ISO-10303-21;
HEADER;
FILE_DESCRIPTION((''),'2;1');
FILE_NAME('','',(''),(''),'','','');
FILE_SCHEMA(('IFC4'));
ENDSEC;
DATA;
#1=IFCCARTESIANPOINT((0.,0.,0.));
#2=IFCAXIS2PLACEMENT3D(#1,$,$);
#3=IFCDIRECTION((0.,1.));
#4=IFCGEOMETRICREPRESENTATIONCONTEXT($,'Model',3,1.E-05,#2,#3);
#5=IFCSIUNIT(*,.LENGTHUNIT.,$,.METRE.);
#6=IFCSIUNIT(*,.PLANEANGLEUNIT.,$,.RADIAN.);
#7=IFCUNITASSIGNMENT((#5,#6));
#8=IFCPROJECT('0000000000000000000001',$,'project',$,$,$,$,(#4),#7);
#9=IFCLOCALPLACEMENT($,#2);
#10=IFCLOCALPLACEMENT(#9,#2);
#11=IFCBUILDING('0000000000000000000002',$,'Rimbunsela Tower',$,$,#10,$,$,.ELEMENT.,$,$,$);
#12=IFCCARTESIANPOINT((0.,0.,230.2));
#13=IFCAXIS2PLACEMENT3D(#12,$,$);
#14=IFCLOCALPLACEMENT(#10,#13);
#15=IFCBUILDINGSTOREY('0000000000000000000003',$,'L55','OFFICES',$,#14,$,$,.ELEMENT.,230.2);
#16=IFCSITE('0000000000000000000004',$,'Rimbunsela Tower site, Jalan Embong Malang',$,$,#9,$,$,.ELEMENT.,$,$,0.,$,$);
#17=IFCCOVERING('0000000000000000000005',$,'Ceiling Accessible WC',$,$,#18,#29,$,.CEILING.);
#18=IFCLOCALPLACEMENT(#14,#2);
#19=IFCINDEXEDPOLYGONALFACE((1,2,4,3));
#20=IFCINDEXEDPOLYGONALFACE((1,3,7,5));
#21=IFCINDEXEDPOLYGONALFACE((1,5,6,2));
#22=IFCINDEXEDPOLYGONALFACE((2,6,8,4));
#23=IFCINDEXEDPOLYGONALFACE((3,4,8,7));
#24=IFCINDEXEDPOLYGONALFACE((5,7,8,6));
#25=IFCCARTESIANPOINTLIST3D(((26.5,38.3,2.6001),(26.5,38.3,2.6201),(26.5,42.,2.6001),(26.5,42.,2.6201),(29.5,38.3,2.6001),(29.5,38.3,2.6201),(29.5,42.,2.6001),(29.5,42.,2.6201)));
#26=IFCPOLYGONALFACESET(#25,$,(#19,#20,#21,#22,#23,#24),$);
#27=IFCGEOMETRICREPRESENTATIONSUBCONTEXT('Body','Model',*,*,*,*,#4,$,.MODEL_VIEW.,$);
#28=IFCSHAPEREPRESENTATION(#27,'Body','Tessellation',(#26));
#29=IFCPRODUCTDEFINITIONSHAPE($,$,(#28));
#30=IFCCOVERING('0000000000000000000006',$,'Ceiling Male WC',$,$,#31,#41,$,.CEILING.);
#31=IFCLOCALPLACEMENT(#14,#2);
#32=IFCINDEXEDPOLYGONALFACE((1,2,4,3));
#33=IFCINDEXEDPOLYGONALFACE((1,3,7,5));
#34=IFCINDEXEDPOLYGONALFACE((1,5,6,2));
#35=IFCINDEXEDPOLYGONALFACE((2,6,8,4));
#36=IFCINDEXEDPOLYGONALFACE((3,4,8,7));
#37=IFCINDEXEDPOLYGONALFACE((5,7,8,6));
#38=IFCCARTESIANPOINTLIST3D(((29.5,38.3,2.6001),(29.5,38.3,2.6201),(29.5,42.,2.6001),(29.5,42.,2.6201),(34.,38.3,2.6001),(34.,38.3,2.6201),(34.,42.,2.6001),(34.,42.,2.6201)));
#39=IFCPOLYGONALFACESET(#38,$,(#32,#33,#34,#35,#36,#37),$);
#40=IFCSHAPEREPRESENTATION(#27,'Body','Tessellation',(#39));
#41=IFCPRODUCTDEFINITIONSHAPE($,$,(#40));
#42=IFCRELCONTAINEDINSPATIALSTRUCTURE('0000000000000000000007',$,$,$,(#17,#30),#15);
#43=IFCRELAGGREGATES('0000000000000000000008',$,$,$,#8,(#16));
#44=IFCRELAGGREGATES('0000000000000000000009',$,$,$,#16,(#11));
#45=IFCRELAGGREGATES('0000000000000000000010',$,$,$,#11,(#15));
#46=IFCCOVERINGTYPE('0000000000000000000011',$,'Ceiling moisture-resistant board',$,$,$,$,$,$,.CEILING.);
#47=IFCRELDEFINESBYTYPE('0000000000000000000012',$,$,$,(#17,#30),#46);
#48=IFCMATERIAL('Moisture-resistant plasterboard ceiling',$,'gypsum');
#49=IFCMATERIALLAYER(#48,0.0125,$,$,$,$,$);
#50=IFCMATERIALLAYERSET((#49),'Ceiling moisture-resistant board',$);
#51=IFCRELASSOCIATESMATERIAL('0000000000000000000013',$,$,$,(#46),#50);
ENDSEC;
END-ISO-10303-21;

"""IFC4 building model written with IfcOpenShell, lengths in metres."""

from ifc_helpers import new_model, si_unit, direction, frame, origin, place, context, subcontext, project, spatial, polyline, outline, extrude, material, layer, layer_set, type_object, element, save


model = new_model("IFC4")

# Units and contexts
model_context = context("Model", 3, precision=1e-05, world=origin(), true_north=direction((0.0, 1.0)))
body_context = subcontext(model_context, "Body", "Model", "MODEL_VIEW")
ifc_project = project(units=[si_unit("LENGTHUNIT", "METRE"), si_unit("PLANEANGLEUNIT", "RADIAN")], contexts=[model_context])

# Site, building, storey
site_placement = place(None, origin())
site = spatial("IfcSite", under=ifc_project, at=site_placement, Name="Rimbunsela Tower site, Jalan Embong Malang", CompositionType="ELEMENT", RefElevation=0.0)
building_placement = place(site_placement, origin())
building = spatial("IfcBuilding", under=site, at=building_placement, Name="Rimbunsela Tower", CompositionType="ELEMENT")
storey_placement = place(building_placement, frame((0.0, 0.0, 230.2)))
storey = spatial("IfcBuildingStorey", under=building, at=storey_placement, Name="L55", Description="OFFICES", CompositionType="ELEMENT", Elevation=230.2)

# Coverings
ifc_material_1 = material(Name="Moisture-resistant plasterboard ceiling", Category="gypsum")
ifc_layer_1 = layer(ifc_material_1, 0.0125)
ifc_layer_set_1 = layer_set([ifc_layer_1], Name="Ceiling moisture-resistant board")
covering_type_1 = type_object("IfcCoveringType", Name="Ceiling moisture-resistant board", PredefinedType="CEILING", material=ifc_layer_set_1)
covering_1_placement = place(storey_placement, frame((0.0, 0.0, 2.6001)))
element("IfcCovering", 1, at=covering_1_placement, inside=storey, type_object=covering_type_1, Name="Ceiling Accessible WC", PredefinedType="CEILING", context=body_context, shape_type="SweptSolid", body=[
    extrude(outline(polyline([(29.5, 38.3), (29.5, 42.0), (26.5, 42.0), (26.5, 38.3), (29.5, 38.3)])), origin(), (0.0, 0.0, 1.0), 0.02),
])
covering_2_placement = place(storey_placement, frame((0.0, 0.0, 2.6001)))
element("IfcCovering", 2, at=covering_2_placement, inside=storey, type_object=covering_type_1, Name="Ceiling Male WC", PredefinedType="CEILING", context=body_context, shape_type="SweptSolid", body=[
    extrude(outline(polyline([(34.0, 38.3), (34.0, 42.0), (29.5, 42.0), (29.5, 38.3), (34.0, 38.3)])), origin(), (0.0, 0.0, 1.0), 0.02),
])

save(model, "model.ifc")
